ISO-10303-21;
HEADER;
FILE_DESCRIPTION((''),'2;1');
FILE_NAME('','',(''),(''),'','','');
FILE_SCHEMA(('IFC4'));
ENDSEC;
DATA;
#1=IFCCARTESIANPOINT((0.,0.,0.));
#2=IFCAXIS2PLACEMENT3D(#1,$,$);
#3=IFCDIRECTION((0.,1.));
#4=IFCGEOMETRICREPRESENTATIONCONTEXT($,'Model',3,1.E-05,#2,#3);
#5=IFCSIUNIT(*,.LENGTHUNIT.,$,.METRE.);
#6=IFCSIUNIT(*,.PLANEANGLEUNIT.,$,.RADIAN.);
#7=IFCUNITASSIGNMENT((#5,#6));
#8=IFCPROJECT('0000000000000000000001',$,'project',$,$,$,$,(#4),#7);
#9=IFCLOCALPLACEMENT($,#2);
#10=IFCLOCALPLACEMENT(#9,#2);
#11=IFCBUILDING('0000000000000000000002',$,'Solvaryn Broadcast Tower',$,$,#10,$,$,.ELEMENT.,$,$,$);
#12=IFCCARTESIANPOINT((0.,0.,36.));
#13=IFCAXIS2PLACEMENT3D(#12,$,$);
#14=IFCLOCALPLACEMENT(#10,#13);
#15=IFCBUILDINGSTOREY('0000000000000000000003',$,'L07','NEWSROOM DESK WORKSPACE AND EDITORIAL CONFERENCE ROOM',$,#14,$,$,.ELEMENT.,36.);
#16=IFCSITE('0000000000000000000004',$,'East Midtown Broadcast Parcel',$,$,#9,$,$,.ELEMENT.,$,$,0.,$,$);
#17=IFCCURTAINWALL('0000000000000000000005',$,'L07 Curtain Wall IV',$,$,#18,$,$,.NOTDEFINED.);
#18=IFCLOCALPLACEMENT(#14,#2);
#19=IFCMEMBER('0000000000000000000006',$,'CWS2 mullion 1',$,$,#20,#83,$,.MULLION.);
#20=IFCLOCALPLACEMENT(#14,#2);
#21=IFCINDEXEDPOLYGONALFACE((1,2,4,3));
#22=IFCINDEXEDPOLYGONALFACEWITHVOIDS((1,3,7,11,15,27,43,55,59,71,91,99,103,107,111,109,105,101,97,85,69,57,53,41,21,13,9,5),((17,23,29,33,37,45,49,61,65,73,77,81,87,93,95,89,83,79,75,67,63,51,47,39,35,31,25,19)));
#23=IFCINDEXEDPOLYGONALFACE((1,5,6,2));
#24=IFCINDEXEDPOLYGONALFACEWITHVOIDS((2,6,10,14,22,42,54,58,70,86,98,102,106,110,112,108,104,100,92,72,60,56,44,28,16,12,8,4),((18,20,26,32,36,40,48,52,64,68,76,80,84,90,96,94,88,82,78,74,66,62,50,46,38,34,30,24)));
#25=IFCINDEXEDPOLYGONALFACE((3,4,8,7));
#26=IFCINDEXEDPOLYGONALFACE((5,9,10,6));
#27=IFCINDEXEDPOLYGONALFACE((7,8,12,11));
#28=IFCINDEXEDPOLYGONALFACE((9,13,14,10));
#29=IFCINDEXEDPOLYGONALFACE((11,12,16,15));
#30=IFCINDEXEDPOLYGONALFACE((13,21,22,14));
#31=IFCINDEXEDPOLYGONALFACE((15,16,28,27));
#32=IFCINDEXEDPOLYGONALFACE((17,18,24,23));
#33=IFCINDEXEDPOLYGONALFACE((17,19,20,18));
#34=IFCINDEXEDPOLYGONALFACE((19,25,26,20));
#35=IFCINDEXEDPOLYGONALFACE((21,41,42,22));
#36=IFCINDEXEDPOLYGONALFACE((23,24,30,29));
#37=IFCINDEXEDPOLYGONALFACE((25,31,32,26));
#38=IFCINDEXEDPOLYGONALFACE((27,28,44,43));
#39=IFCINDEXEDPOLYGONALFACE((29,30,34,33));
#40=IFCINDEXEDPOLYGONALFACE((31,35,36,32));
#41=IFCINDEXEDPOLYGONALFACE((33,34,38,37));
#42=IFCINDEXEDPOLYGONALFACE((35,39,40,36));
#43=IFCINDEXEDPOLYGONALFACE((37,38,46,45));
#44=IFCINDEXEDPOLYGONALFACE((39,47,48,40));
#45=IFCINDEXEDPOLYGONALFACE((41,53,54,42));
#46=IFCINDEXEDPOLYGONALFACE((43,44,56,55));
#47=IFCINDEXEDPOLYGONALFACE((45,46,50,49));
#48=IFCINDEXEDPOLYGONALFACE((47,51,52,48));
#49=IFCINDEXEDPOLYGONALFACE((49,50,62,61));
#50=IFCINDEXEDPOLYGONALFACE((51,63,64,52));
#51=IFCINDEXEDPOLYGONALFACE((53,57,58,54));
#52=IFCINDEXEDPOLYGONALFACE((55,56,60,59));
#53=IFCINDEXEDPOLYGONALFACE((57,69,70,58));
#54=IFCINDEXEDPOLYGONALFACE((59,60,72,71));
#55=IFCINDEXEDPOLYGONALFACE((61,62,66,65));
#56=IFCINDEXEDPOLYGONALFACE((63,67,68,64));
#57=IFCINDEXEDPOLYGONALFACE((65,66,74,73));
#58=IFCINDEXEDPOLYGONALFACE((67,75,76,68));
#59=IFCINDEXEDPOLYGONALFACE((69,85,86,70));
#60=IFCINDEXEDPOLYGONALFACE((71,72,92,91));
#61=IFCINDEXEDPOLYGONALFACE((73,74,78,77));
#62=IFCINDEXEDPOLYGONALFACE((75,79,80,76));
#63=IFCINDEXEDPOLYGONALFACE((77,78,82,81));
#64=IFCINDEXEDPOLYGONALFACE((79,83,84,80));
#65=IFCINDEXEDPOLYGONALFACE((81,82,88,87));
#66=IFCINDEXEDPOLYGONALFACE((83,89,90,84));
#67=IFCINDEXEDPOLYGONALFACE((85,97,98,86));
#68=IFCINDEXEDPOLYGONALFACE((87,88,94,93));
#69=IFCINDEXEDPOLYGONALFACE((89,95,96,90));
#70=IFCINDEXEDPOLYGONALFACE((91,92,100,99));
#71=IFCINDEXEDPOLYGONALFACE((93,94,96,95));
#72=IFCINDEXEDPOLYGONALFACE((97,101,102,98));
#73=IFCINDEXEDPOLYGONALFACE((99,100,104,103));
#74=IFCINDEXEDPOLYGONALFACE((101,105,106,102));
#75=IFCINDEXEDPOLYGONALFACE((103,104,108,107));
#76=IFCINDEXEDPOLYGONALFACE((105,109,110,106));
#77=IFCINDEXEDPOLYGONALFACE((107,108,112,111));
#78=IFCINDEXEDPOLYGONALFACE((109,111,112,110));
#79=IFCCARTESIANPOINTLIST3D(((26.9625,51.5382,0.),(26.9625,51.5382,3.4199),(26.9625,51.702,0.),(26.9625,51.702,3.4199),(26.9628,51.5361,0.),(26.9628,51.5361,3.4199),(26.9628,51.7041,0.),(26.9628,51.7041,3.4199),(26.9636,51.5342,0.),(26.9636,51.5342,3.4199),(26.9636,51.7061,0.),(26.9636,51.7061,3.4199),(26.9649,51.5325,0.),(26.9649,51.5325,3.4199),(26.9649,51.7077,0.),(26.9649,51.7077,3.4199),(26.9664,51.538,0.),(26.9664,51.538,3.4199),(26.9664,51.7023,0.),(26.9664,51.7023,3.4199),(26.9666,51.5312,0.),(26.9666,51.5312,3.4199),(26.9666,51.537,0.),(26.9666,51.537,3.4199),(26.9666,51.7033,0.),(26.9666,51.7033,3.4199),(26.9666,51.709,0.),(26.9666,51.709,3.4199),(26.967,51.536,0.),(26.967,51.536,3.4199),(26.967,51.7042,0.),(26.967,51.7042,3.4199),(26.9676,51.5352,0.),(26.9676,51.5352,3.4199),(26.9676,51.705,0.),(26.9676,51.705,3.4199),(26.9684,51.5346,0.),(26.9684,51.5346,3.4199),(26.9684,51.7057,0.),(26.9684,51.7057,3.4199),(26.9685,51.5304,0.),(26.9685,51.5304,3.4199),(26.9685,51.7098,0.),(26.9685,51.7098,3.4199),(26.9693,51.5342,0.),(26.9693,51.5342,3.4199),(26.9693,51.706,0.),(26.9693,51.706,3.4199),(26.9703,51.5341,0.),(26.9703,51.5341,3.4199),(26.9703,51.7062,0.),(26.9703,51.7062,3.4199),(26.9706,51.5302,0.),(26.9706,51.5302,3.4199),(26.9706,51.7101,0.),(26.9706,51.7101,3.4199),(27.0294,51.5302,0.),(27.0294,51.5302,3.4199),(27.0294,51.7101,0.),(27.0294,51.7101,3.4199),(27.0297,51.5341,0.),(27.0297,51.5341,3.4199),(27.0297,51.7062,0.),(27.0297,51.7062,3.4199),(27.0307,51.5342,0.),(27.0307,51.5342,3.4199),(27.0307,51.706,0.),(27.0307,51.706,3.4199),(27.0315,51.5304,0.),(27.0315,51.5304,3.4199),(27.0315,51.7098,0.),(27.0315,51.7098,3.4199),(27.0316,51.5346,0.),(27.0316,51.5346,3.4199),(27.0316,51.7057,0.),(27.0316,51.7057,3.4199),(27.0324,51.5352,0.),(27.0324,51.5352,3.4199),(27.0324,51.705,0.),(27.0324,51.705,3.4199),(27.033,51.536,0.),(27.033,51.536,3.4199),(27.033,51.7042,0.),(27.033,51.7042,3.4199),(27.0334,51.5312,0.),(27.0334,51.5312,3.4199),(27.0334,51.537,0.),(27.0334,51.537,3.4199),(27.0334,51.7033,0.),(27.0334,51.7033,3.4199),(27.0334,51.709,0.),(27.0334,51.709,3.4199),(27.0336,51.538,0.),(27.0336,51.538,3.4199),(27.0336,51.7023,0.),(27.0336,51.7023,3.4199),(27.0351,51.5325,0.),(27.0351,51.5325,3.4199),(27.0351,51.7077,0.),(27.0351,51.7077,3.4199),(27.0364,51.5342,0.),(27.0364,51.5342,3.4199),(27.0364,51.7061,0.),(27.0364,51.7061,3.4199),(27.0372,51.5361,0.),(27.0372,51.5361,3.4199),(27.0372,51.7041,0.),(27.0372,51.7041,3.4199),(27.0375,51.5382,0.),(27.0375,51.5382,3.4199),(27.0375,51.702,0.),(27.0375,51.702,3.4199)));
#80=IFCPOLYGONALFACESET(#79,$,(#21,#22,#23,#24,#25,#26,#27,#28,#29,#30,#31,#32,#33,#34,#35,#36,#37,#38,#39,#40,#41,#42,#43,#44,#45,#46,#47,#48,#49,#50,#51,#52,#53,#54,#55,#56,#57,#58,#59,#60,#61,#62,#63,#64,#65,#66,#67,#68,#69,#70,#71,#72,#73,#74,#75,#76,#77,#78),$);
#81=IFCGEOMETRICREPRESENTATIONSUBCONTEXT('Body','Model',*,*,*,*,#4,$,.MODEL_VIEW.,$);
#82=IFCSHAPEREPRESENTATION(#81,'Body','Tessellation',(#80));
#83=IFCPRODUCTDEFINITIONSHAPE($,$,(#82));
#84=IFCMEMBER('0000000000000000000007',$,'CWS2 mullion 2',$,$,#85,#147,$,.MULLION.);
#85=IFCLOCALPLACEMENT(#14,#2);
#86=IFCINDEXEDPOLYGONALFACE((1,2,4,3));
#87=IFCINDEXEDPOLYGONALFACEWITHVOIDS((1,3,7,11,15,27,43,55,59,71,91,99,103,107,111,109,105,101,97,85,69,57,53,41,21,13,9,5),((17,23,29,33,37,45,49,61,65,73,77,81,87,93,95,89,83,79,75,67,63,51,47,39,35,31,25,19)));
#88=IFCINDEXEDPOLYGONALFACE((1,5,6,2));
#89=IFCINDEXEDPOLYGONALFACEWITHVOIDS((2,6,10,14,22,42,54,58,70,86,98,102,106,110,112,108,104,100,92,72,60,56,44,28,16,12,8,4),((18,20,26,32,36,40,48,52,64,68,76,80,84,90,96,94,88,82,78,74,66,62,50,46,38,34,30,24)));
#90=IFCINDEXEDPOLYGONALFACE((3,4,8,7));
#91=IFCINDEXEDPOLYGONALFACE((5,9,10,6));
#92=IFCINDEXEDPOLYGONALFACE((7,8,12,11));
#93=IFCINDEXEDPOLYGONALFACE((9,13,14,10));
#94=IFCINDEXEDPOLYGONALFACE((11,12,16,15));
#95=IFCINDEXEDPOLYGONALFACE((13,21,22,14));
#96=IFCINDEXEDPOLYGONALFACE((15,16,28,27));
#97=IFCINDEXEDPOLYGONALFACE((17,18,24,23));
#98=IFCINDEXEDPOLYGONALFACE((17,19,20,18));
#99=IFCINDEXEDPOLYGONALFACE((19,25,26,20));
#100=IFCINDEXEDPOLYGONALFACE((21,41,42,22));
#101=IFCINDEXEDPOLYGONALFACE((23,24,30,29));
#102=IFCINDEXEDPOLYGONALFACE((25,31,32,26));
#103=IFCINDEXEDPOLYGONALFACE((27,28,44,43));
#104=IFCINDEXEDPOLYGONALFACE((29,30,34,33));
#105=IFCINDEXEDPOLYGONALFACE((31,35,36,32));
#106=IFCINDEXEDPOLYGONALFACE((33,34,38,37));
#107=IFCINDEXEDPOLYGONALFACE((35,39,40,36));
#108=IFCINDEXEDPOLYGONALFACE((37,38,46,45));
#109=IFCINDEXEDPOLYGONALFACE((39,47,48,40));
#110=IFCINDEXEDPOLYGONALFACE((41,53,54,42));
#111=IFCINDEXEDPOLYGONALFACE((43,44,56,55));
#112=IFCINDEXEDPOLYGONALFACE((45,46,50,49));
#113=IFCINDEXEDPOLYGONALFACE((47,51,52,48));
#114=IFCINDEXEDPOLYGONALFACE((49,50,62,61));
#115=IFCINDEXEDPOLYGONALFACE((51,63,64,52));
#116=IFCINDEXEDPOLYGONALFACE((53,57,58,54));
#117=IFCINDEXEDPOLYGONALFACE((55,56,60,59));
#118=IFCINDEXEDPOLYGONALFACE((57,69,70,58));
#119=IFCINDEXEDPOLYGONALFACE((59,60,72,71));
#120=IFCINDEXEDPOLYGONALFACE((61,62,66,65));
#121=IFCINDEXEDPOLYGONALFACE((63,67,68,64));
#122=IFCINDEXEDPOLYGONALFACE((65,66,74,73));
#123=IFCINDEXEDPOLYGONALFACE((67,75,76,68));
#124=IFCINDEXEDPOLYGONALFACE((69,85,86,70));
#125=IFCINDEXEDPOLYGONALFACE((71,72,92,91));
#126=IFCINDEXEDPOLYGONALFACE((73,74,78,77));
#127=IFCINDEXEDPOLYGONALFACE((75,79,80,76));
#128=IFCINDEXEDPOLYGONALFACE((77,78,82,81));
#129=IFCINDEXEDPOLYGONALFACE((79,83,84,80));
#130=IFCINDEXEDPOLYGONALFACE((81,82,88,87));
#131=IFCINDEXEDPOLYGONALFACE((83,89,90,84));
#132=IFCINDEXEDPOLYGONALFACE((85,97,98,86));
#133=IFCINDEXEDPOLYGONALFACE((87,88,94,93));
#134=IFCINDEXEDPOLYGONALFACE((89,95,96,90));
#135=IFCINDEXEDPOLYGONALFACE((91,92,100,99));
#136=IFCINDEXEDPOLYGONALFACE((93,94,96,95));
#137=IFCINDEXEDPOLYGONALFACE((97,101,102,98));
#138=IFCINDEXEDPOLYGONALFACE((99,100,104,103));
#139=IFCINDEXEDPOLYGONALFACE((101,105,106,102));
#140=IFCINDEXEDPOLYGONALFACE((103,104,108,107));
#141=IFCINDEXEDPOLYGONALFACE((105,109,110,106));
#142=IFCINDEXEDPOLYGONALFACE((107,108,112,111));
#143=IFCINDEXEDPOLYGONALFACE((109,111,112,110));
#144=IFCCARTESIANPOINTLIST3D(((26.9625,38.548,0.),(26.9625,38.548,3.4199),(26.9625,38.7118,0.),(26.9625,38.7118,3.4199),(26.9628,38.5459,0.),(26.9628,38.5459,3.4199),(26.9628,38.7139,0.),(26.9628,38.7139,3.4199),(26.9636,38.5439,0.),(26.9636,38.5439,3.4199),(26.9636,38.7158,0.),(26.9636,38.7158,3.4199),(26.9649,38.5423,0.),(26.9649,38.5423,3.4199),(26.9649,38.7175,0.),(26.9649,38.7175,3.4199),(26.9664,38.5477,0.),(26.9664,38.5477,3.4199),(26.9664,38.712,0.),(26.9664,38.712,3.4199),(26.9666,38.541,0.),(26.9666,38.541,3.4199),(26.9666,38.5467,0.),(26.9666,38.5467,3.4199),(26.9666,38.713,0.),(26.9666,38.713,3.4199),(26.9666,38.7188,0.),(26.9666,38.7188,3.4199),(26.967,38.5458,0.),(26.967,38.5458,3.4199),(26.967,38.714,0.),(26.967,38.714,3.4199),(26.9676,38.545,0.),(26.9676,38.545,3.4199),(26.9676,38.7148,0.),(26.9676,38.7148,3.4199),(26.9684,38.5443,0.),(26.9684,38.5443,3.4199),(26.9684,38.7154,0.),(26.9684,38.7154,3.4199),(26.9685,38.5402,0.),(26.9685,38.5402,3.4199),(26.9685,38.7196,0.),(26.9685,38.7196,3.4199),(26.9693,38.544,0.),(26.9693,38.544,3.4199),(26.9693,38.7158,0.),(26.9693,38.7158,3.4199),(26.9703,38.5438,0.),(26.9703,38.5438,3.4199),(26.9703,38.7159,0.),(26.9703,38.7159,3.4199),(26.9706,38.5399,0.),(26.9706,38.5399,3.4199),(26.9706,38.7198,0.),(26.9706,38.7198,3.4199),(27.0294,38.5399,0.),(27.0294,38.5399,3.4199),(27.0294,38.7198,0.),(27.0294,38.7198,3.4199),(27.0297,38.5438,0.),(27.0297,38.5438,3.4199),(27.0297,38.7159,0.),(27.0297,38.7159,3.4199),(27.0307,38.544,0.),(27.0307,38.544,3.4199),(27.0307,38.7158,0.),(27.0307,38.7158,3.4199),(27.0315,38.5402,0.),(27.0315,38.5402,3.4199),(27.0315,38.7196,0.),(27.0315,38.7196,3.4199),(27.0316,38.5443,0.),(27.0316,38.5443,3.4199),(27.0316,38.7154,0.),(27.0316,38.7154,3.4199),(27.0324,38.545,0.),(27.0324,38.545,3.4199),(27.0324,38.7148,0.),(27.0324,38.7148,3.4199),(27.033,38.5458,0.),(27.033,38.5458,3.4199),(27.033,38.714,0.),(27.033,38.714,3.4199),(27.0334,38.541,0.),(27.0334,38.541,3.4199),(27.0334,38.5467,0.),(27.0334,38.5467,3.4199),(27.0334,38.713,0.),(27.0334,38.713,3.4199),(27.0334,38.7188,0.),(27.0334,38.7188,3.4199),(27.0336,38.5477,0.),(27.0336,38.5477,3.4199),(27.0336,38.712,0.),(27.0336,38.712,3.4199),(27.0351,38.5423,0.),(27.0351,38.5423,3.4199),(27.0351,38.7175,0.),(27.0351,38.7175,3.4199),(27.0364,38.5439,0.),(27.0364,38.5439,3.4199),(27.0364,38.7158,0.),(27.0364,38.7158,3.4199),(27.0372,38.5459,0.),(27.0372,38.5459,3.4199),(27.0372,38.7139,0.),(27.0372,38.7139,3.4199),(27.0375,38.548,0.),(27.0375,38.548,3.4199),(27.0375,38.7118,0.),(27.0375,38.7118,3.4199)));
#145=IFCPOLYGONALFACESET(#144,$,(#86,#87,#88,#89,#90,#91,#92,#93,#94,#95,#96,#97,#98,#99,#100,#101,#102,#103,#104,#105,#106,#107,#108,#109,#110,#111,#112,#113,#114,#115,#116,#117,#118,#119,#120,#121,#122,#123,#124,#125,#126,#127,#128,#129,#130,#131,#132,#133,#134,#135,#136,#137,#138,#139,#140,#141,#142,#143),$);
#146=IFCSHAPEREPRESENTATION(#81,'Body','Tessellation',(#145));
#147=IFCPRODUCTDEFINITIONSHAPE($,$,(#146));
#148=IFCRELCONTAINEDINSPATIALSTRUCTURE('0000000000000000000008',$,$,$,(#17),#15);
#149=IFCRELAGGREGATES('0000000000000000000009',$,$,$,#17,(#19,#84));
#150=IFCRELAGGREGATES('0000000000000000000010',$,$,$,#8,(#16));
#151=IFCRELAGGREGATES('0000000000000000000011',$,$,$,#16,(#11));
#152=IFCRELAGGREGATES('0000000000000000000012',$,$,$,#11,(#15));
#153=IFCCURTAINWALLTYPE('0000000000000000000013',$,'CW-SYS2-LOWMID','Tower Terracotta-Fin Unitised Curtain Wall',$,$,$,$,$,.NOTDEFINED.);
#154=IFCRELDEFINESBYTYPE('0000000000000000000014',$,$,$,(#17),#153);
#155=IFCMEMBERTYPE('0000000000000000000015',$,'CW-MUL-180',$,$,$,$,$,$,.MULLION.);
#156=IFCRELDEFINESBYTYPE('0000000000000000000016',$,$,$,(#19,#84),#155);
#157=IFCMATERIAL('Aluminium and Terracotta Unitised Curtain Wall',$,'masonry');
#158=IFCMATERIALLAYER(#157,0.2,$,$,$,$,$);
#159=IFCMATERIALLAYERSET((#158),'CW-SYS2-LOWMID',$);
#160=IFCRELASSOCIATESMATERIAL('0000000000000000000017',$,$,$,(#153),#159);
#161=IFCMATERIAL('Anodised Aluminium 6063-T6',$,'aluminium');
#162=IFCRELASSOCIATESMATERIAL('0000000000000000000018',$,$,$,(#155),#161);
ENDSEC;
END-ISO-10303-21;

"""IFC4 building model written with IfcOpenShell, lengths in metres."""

from ifc_helpers import new_model, si_unit, direction, frame, origin, origin_2d, place, context, subcontext, project, spatial, hollow_rectangle, extrude, material, layer, layer_set, material_profile, profile_set, type_object, element, aggregate, save


model = new_model("IFC4")

# Units and contexts
model_context = context("Model", 3, precision=1e-05, world=origin(), true_north=direction((0.0, 1.0)))
body_context = subcontext(model_context, "Body", "Model", "MODEL_VIEW")
ifc_project = project(units=[si_unit("LENGTHUNIT", "METRE"), si_unit("PLANEANGLEUNIT", "RADIAN")], contexts=[model_context])

# Site, building, storey
site_placement = place(None, origin())
site = spatial("IfcSite", under=ifc_project, at=site_placement, Name="East Midtown Broadcast Parcel", CompositionType="ELEMENT", RefElevation=0.0)
building_placement = place(site_placement, origin())
building = spatial("IfcBuilding", under=site, at=building_placement, Name="Solvaryn Broadcast Tower", CompositionType="ELEMENT")
storey_placement = place(building_placement, frame((0.0, 0.0, 36.0)))
storey = spatial("IfcBuildingStorey", under=building, at=storey_placement, Name="L07", Description="NEWSROOM DESK WORKSPACE AND EDITORIAL CONFERENCE ROOM", CompositionType="ELEMENT", Elevation=36.0)

# Curtain wall, members
ifc_material_1 = material(Name="Aluminium and Terracotta Unitised Curtain Wall", Category="masonry")
ifc_layer_1 = layer(ifc_material_1, 0.2)
ifc_layer_set_1 = layer_set([ifc_layer_1], Name="CW-SYS2-LOWMID")
curtain_wall_type = type_object("IfcCurtainWallType", Name="CW-SYS2-LOWMID", Description="Tower Terracotta-Fin Unitised Curtain Wall", PredefinedType="NOTDEFINED", material=ifc_layer_set_1)
curtain_wall_1_placement = place(storey_placement, origin())
curtain_wall_1 = element("IfcCurtainWall", 1, at=curtain_wall_1_placement, inside=storey, type_object=curtain_wall_type, Name="L07 Curtain Wall IV", PredefinedType="NOTDEFINED")
ifc_material_2 = material(Name="Anodised Aluminium 6063-T6", Category="aluminium")
ifc_material_profile_1 = material_profile(ifc_material_2, hollow_rectangle(XDim=0.075, YDim=0.1799, WallThickness=0.0039, InnerFilletRadius=0.0039, OuterFilletRadius=0.0081, at=origin_2d()))
ifc_profile_set_1 = profile_set([ifc_material_profile_1], Name="Anodised Aluminium 6063-T6")
member_type_1 = type_object("IfcMemberType", Name="CW-MUL-180", PredefinedType="MULLION", material=ifc_profile_set_1)
member_1_placement = place(storey_placement, frame((27.0, 51.6201, 0.0), z_axis=(0.0, 0.0, 1.0), x_axis=(1.0, 0.0, 0.0)))
member_1 = element("IfcMember", 2, at=member_1_placement, type_object=member_type_1, Name="CWS2 mullion 1", PredefinedType="MULLION", context=body_context, shape_type="SweptSolid", body=[
    extrude(hollow_rectangle(XDim=0.075, YDim=0.1799, WallThickness=0.0039, InnerFilletRadius=0.0039, OuterFilletRadius=0.0081, at=origin_2d()), origin(), (0.0, 0.0, 1.0), 3.4199),
])
member_2_placement = place(storey_placement, frame((27.0, 38.6299, 0.0), z_axis=(0.0, 0.0, 1.0), x_axis=(1.0, 0.0, 0.0)))
member_2 = element("IfcMember", 3, at=member_2_placement, type_object=member_type_1, Name="CWS2 mullion 2", PredefinedType="MULLION", context=body_context, shape_type="SweptSolid", body=[
    extrude(hollow_rectangle(XDim=0.075, YDim=0.1799, WallThickness=0.0039, InnerFilletRadius=0.0039, OuterFilletRadius=0.0081, at=origin_2d()), origin(), (0.0, 0.0, 1.0), 3.4199),
])

aggregate(curtain_wall_1, [member_1, member_2])

save(model, "model.ifc")
